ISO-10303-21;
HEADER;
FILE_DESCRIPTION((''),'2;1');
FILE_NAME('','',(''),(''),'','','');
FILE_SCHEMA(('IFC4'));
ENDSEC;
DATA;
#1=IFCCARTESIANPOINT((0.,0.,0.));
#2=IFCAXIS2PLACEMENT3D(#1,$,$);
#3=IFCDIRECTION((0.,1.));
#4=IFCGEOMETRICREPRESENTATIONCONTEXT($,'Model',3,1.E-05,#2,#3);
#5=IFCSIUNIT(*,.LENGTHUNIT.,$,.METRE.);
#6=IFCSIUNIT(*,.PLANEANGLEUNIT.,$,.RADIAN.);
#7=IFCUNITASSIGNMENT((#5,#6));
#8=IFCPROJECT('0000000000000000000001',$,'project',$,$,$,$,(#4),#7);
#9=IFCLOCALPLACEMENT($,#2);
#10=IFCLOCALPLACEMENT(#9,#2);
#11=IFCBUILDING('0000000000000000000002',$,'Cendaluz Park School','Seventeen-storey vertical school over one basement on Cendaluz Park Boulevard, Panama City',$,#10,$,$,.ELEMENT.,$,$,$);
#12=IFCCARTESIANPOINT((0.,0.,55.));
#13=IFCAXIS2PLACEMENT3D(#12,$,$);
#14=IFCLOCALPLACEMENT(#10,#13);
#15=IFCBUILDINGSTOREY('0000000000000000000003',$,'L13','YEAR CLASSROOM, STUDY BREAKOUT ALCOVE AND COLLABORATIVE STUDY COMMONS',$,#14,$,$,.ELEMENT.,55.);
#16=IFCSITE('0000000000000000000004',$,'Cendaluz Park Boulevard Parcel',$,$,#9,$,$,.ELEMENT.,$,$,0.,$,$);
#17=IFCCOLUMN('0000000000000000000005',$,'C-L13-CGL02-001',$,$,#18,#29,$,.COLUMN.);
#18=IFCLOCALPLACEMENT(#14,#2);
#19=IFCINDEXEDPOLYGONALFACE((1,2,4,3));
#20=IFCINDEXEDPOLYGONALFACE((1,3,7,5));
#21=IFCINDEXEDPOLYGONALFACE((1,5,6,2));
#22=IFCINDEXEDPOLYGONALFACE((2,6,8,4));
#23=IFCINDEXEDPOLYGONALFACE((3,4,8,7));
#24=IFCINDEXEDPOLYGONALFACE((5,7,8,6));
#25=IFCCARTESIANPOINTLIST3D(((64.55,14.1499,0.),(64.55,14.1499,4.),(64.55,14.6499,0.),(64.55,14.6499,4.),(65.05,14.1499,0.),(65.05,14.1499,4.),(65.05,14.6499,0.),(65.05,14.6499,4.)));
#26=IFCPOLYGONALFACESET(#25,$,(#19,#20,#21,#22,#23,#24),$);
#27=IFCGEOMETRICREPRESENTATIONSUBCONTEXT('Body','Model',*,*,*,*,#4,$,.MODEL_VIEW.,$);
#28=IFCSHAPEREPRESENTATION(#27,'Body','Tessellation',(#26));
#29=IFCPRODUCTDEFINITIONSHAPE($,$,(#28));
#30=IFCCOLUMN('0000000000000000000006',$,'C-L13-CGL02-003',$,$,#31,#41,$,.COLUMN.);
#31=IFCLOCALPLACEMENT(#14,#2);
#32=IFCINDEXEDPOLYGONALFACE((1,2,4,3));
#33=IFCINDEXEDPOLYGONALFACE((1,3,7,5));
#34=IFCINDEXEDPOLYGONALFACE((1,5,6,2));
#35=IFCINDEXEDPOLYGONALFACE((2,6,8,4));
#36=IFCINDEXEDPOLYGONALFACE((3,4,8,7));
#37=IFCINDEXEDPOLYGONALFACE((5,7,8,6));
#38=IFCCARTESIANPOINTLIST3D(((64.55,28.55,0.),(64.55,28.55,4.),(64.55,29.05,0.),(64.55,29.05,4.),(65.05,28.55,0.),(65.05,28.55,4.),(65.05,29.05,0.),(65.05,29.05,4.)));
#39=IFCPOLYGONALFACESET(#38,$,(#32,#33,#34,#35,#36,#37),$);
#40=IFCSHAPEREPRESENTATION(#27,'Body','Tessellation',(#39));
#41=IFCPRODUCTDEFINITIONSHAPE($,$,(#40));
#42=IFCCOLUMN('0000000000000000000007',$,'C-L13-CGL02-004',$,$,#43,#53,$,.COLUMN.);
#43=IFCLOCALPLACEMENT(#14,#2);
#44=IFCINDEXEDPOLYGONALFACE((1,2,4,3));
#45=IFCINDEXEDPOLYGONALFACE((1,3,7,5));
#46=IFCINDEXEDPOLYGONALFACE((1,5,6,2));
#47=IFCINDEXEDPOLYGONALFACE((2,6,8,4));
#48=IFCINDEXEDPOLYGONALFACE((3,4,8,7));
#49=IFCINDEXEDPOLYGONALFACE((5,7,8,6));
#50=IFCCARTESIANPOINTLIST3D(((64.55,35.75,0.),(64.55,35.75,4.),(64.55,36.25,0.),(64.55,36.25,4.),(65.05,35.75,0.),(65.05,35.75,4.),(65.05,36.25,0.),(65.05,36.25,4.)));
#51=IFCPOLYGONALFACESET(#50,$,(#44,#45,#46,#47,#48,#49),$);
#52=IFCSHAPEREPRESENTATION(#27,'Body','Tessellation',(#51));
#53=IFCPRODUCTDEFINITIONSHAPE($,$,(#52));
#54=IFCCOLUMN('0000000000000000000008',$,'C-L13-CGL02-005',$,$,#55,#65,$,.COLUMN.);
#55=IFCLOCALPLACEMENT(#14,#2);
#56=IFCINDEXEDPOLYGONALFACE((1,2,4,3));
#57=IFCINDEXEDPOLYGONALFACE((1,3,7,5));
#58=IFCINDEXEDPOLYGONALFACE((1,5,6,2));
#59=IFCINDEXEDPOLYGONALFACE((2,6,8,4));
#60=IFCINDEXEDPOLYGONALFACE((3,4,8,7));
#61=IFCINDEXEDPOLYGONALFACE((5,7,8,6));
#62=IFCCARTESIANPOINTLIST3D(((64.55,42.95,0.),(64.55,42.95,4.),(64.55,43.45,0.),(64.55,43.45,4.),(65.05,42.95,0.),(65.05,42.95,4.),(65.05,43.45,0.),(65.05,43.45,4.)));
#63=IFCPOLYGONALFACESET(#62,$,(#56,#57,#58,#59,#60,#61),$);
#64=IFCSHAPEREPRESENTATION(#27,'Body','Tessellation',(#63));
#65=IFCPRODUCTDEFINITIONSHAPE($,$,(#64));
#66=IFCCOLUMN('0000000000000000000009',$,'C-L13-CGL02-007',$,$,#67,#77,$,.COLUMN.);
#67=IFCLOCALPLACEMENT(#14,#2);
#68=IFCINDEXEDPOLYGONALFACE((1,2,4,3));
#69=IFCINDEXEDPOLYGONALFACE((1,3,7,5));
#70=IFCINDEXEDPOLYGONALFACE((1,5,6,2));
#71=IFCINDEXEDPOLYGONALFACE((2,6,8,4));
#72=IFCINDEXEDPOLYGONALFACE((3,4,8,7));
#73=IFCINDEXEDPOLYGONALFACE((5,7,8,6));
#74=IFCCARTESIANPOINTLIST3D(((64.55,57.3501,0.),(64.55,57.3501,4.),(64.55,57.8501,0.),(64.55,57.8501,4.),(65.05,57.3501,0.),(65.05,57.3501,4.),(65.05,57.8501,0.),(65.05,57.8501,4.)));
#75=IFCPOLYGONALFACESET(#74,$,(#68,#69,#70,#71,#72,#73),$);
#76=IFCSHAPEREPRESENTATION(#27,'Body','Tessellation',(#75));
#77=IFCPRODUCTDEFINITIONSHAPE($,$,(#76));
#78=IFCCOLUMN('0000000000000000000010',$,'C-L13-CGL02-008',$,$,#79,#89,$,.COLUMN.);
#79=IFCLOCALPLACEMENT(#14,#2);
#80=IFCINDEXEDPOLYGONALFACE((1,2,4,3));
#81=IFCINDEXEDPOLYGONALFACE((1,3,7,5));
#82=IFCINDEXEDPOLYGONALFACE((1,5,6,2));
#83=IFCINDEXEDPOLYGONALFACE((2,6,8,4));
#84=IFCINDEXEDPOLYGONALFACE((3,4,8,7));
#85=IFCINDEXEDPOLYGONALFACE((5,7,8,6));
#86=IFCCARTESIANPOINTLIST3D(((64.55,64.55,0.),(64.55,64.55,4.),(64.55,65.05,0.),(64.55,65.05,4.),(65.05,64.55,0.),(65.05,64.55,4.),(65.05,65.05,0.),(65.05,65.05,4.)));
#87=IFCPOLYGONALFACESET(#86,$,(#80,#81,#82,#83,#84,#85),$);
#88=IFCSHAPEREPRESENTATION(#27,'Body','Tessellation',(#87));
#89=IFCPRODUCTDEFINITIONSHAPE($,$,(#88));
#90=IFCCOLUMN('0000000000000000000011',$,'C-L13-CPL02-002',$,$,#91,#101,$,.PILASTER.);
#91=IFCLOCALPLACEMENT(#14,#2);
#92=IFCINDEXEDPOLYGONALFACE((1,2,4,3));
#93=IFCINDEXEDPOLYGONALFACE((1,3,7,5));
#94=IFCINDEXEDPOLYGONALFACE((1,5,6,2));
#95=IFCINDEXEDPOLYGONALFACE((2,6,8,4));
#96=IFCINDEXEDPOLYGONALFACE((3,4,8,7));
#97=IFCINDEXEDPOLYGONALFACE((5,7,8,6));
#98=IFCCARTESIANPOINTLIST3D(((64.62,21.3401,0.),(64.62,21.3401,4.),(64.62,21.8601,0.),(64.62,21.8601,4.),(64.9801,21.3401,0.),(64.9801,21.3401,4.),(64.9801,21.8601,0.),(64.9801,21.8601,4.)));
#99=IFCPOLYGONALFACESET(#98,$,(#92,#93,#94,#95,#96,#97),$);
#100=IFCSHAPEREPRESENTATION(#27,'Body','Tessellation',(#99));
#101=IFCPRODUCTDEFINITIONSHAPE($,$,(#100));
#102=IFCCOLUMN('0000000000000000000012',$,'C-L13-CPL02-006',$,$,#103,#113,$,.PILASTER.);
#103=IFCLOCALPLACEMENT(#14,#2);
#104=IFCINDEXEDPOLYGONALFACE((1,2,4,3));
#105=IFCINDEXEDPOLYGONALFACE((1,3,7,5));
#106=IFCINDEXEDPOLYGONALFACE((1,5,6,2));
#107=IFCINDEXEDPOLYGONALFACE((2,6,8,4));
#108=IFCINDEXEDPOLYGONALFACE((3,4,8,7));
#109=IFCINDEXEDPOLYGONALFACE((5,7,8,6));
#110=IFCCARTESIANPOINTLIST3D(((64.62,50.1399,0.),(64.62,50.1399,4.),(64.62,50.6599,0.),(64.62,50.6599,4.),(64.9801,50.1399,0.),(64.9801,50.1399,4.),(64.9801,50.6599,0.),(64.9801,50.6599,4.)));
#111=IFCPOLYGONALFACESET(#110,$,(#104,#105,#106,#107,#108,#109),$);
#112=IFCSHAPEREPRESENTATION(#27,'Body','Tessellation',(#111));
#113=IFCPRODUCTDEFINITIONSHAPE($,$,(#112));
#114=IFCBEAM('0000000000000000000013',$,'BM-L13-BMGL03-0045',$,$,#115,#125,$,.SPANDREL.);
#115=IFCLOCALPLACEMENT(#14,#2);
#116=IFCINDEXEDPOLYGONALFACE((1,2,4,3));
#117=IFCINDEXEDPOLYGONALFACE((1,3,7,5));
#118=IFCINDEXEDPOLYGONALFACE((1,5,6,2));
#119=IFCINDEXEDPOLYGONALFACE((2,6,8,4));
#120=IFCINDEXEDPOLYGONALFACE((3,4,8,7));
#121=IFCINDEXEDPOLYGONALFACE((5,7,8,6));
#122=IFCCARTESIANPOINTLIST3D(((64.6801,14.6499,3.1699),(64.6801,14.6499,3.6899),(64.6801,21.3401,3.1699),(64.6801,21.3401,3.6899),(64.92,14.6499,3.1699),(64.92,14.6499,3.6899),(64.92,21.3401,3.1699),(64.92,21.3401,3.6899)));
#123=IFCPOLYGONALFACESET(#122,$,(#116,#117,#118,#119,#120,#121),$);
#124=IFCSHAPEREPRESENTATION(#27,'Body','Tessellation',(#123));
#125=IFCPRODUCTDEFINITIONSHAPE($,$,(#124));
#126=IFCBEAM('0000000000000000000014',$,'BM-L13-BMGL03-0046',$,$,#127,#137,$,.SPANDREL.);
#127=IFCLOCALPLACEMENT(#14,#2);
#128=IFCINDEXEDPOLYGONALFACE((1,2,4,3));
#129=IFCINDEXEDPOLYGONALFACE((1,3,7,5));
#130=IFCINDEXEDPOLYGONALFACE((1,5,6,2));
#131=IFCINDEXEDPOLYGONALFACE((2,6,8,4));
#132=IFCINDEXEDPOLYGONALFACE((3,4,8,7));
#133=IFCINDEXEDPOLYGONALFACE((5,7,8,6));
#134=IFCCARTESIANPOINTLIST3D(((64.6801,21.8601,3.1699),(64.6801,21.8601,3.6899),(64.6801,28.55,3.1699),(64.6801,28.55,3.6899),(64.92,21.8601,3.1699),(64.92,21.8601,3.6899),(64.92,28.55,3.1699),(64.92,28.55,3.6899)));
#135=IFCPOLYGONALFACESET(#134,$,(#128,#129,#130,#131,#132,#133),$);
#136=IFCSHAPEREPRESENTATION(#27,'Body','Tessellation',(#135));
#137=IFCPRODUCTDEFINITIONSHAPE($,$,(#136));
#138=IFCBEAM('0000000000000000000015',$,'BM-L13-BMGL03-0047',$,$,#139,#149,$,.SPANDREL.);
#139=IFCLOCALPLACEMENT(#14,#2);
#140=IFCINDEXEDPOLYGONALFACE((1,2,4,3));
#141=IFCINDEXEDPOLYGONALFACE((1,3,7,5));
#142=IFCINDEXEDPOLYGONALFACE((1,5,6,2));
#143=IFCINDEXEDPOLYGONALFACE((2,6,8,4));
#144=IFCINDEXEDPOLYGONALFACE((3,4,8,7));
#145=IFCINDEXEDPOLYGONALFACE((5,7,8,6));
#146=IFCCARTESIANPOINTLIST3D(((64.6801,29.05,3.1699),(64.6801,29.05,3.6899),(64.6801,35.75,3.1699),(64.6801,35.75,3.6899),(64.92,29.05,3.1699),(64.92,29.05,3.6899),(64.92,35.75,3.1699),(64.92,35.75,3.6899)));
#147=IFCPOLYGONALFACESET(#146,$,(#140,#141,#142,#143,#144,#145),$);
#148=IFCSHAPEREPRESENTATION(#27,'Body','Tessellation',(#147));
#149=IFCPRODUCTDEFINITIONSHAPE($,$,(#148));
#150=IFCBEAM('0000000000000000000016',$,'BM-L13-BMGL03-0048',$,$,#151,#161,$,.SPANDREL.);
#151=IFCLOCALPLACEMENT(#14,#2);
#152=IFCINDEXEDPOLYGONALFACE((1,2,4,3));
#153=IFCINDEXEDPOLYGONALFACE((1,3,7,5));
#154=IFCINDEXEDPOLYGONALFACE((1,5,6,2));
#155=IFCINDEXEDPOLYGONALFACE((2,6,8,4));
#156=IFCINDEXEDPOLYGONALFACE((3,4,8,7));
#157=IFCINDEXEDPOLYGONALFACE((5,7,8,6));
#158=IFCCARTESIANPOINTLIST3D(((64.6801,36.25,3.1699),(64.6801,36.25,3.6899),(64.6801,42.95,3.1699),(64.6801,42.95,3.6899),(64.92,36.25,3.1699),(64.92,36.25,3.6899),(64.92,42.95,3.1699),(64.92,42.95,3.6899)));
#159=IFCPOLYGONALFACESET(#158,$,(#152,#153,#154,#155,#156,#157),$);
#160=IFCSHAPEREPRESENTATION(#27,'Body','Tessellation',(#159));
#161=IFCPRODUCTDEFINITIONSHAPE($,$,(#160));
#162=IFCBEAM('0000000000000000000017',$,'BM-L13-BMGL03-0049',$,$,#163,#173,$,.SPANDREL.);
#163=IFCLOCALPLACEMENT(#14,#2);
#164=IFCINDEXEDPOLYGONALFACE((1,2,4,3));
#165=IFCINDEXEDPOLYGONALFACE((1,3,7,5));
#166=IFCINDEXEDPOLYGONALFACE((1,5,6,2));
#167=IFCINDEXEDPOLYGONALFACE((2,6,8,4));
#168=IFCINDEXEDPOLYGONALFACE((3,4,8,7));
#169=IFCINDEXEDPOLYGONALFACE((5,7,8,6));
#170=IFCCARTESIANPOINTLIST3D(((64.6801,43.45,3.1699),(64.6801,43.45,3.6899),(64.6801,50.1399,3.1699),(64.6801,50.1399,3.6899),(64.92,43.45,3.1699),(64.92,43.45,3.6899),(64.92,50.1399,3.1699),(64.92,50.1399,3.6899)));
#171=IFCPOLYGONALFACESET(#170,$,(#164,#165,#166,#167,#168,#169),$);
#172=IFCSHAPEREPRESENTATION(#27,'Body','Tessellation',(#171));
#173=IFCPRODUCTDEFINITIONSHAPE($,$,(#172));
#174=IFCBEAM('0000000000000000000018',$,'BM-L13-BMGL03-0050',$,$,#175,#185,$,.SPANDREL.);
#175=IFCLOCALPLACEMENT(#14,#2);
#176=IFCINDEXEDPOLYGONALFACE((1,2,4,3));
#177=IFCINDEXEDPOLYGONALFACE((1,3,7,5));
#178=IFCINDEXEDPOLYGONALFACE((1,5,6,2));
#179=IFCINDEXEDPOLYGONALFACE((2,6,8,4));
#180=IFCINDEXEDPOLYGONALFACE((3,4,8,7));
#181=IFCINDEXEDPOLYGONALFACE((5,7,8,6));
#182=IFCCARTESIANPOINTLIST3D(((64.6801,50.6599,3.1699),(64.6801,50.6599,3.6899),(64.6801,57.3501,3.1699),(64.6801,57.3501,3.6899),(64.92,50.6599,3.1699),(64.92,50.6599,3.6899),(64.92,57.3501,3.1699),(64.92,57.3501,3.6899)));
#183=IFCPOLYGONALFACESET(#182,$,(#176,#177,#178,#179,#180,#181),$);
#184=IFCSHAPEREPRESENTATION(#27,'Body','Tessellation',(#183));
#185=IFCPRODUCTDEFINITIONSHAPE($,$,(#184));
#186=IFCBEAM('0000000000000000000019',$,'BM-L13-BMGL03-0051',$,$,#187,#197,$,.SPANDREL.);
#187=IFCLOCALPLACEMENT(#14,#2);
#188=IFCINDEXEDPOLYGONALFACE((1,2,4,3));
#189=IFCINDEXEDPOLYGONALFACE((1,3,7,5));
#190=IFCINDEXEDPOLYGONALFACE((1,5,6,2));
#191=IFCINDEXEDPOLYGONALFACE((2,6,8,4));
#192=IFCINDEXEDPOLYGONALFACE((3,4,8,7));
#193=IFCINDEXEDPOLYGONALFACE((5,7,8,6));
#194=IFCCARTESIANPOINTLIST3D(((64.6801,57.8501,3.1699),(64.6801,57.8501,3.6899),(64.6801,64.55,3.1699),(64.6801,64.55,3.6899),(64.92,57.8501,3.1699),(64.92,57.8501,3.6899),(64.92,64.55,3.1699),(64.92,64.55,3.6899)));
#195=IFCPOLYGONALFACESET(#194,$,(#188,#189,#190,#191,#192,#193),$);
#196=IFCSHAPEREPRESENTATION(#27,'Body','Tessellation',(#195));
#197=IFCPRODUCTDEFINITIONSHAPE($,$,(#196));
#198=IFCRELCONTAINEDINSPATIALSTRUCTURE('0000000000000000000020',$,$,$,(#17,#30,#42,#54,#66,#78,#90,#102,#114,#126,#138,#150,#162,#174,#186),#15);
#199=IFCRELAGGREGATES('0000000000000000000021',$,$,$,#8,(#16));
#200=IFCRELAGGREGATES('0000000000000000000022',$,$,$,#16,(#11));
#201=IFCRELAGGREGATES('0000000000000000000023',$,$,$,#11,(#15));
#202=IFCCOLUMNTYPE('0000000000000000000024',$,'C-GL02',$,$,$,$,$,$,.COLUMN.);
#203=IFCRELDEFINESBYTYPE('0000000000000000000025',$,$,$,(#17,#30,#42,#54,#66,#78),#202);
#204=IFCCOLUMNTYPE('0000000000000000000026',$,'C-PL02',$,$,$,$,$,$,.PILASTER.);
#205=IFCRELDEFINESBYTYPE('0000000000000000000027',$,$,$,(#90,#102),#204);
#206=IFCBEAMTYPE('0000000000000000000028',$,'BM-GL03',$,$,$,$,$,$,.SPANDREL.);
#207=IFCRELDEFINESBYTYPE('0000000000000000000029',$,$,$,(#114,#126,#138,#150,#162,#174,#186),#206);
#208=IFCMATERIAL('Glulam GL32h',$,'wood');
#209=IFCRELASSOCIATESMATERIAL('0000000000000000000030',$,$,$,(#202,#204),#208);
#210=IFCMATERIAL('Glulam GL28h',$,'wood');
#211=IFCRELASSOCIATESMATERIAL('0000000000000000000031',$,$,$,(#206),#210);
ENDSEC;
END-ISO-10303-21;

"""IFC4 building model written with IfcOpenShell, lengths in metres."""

from ifc_helpers import new_model, si_unit, direction, frame, origin, origin_2d, place, context, subcontext, project, spatial, rectangle, extrude, material, material_profile, profile_set, type_object, element, save


model = new_model("IFC4")

# Units and contexts
model_context = context("Model", 3, precision=1e-05, world=origin(), true_north=direction((0.0, 1.0)))
body_context = subcontext(model_context, "Body", "Model", "MODEL_VIEW")
ifc_project = project(units=[si_unit("LENGTHUNIT", "METRE"), si_unit("PLANEANGLEUNIT", "RADIAN")], contexts=[model_context])

# Site, building, storey
site_placement = place(None, origin())
site = spatial("IfcSite", under=ifc_project, at=site_placement, Name="Cendaluz Park Boulevard Parcel", CompositionType="ELEMENT", RefElevation=0.0)
building_placement = place(site_placement, origin())
building = spatial("IfcBuilding", under=site, at=building_placement, Name="Cendaluz Park School", Description="Seventeen-storey vertical school over one basement on Cendaluz Park Boulevard, Panama City", CompositionType="ELEMENT")
storey_placement = place(building_placement, frame((0.0, 0.0, 55.0)))
storey = spatial("IfcBuildingStorey", under=building, at=storey_placement, Name="L13", Description="YEAR CLASSROOM, STUDY BREAKOUT ALCOVE AND COLLABORATIVE STUDY COMMONS", CompositionType="ELEMENT", Elevation=55.0)

# Columns
ifc_material_1 = material(Name="Glulam GL32h", Category="wood")
ifc_material_profile_1 = material_profile(ifc_material_1, rectangle(XDim=0.5, YDim=0.5, at=origin_2d()), Name="GL32h 500x500", Category="wood")
ifc_profile_set_1 = profile_set([ifc_material_profile_1], Name="Glulam GL32h")
column_type_1 = type_object("IfcColumnType", Name="C-GL02", PredefinedType="COLUMN", material=ifc_profile_set_1)
for number, where, z_axis, x_axis, name in (
    (1, (64.8, 14.3999, 0.0), (0.0, 0.0, 1.0), (1.0, 0.0, 0.0), "C-L13-CGL02-001"),
    (2, (64.8, 28.8, 0.0), (0.0, 0.0, 1.0), (1.0, 0.0, 0.0), "C-L13-CGL02-003"),
    (3, (64.8, 36.0, 0.0), (0.0, 0.0, 1.0), (1.0, 0.0, 0.0), "C-L13-CGL02-004"),
    (4, (64.8, 43.2, 0.0), (0.0, 0.0, 1.0), (1.0, 0.0, 0.0), "C-L13-CGL02-005"),
    (5, (64.8, 57.6001, 0.0), (0.0, 0.0, 1.0), (1.0, 0.0, 0.0), "C-L13-CGL02-007"),
    (6, (64.8, 64.8, 0.0), (0.0, 0.0, 1.0), (1.0, 0.0, 0.0), "C-L13-CGL02-008"),
):
    element("IfcColumn", number, at=place(storey_placement, frame(where, z_axis=z_axis, x_axis=x_axis)), inside=storey, type_object=column_type_1, Name=name, PredefinedType="COLUMN", context=body_context, shape_type="SweptSolid", body=[
        extrude(rectangle(XDim=0.5, YDim=0.5, at=origin_2d()), origin(), (0.0, 0.0, 1.0), 4.0),
    ])
ifc_material_profile_2 = material_profile(ifc_material_1, rectangle(XDim=0.3601, YDim=0.52, at=origin_2d()), Name="GL32h 360x520", Category="wood")
ifc_profile_set_2 = profile_set([ifc_material_profile_2], Name="Glulam GL32h")
column_type_2 = type_object("IfcColumnType", Name="C-PL02", PredefinedType="PILASTER", material=ifc_profile_set_2)
for number, where, z_axis, x_axis, name in (
    (7, (64.8, 21.6001, 0.0), (0.0, 0.0, 1.0), (1.0, 0.0, 0.0), "C-L13-CPL02-002"),
    (8, (64.8, 50.3999, 0.0), (0.0, 0.0, 1.0), (1.0, 0.0, 0.0), "C-L13-CPL02-006"),
):
    element("IfcColumn", number, at=place(storey_placement, frame(where, z_axis=z_axis, x_axis=x_axis)), inside=storey, type_object=column_type_2, Name=name, PredefinedType="PILASTER", context=body_context, shape_type="SweptSolid", body=[
        extrude(rectangle(XDim=0.3601, YDim=0.52, at=origin_2d()), origin(), (0.0, 0.0, 1.0), 4.0),
    ])

# Beams
ifc_material_2 = material(Name="Glulam GL28h", Category="wood")
ifc_material_profile_3 = material_profile(ifc_material_2, rectangle(XDim=0.24, YDim=0.52, at=origin_2d()), Name="GL28h 240x520", Category="wood")
ifc_profile_set_3 = profile_set([ifc_material_profile_3], Name="Glulam GL28h")
beam_type = type_object("IfcBeamType", Name="BM-GL03", PredefinedType="SPANDREL", material=ifc_profile_set_3)
beam_1_placement = place(storey_placement, frame((64.8, 14.6499, 3.4299), z_axis=(0.0, 1.0, 0.0), x_axis=(-1.0, 0.0, 0.0)))
element("IfcBeam", 9, at=beam_1_placement, inside=storey, type_object=beam_type, Name="BM-L13-BMGL03-0045", PredefinedType="SPANDREL", context=body_context, shape_type="SweptSolid", body=[
    extrude(rectangle(XDim=0.24, YDim=0.52, at=origin_2d()), origin(), (0.0, 0.0, 1.0), 6.6902),
])
beam_2_placement = place(storey_placement, frame((64.8, 21.8601, 3.4299), z_axis=(0.0, 1.0, 0.0), x_axis=(-1.0, 0.0, 0.0)))
element("IfcBeam", 10, at=beam_2_placement, inside=storey, type_object=beam_type, Name="BM-L13-BMGL03-0046", PredefinedType="SPANDREL", context=body_context, shape_type="SweptSolid", body=[
    extrude(rectangle(XDim=0.24, YDim=0.52, at=origin_2d()), origin(), (0.0, 0.0, 1.0), 6.6899),
])
for number, where, z_axis, x_axis, name in (
    (11, (64.8, 29.05, 3.4299), (0.0, 1.0, 0.0), (-1.0, 0.0, 0.0), "BM-L13-BMGL03-0047"),
    (12, (64.8, 36.25, 3.4299), (0.0, 1.0, 0.0), (-1.0, 0.0, 0.0), "BM-L13-BMGL03-0048"),
):
    element("IfcBeam", number, at=place(storey_placement, frame(where, z_axis=z_axis, x_axis=x_axis)), inside=storey, type_object=beam_type, Name=name, PredefinedType="SPANDREL", context=body_context, shape_type="SweptSolid", body=[
        extrude(rectangle(XDim=0.24, YDim=0.52, at=origin_2d()), origin(), (0.0, 0.0, 1.0), 6.7),
    ])
beam_3_placement = place(storey_placement, frame((64.8, 43.45, 3.4299), z_axis=(0.0, 1.0, 0.0), x_axis=(-1.0, 0.0, 0.0)))
element("IfcBeam", 13, at=beam_3_placement, inside=storey, type_object=beam_type, Name="BM-L13-BMGL03-0049", PredefinedType="SPANDREL", context=body_context, shape_type="SweptSolid", body=[
    extrude(rectangle(XDim=0.24, YDim=0.52, at=origin_2d()), origin(), (0.0, 0.0, 1.0), 6.6899),
])
beam_4_placement = place(storey_placement, frame((64.8, 50.6599, 3.4299), z_axis=(0.0, 1.0, 0.0), x_axis=(-1.0, 0.0, 0.0)))
element("IfcBeam", 14, at=beam_4_placement, inside=storey, type_object=beam_type, Name="BM-L13-BMGL03-0050", PredefinedType="SPANDREL", context=body_context, shape_type="SweptSolid", body=[
    extrude(rectangle(XDim=0.24, YDim=0.52, at=origin_2d()), origin(), (0.0, 0.0, 1.0), 6.6902),
])
beam_5_placement = place(storey_placement, frame((64.8, 57.8501, 3.4299), z_axis=(0.0, 1.0, 0.0), x_axis=(-1.0, 0.0, 0.0)))
element("IfcBeam", 15, at=beam_5_placement, inside=storey, type_object=beam_type, Name="BM-L13-BMGL03-0051", PredefinedType="SPANDREL", context=body_context, shape_type="SweptSolid", body=[
    extrude(rectangle(XDim=0.24, YDim=0.52, at=origin_2d()), origin(), (0.0, 0.0, 1.0), 6.7),
])

save(model, "model.ifc")
